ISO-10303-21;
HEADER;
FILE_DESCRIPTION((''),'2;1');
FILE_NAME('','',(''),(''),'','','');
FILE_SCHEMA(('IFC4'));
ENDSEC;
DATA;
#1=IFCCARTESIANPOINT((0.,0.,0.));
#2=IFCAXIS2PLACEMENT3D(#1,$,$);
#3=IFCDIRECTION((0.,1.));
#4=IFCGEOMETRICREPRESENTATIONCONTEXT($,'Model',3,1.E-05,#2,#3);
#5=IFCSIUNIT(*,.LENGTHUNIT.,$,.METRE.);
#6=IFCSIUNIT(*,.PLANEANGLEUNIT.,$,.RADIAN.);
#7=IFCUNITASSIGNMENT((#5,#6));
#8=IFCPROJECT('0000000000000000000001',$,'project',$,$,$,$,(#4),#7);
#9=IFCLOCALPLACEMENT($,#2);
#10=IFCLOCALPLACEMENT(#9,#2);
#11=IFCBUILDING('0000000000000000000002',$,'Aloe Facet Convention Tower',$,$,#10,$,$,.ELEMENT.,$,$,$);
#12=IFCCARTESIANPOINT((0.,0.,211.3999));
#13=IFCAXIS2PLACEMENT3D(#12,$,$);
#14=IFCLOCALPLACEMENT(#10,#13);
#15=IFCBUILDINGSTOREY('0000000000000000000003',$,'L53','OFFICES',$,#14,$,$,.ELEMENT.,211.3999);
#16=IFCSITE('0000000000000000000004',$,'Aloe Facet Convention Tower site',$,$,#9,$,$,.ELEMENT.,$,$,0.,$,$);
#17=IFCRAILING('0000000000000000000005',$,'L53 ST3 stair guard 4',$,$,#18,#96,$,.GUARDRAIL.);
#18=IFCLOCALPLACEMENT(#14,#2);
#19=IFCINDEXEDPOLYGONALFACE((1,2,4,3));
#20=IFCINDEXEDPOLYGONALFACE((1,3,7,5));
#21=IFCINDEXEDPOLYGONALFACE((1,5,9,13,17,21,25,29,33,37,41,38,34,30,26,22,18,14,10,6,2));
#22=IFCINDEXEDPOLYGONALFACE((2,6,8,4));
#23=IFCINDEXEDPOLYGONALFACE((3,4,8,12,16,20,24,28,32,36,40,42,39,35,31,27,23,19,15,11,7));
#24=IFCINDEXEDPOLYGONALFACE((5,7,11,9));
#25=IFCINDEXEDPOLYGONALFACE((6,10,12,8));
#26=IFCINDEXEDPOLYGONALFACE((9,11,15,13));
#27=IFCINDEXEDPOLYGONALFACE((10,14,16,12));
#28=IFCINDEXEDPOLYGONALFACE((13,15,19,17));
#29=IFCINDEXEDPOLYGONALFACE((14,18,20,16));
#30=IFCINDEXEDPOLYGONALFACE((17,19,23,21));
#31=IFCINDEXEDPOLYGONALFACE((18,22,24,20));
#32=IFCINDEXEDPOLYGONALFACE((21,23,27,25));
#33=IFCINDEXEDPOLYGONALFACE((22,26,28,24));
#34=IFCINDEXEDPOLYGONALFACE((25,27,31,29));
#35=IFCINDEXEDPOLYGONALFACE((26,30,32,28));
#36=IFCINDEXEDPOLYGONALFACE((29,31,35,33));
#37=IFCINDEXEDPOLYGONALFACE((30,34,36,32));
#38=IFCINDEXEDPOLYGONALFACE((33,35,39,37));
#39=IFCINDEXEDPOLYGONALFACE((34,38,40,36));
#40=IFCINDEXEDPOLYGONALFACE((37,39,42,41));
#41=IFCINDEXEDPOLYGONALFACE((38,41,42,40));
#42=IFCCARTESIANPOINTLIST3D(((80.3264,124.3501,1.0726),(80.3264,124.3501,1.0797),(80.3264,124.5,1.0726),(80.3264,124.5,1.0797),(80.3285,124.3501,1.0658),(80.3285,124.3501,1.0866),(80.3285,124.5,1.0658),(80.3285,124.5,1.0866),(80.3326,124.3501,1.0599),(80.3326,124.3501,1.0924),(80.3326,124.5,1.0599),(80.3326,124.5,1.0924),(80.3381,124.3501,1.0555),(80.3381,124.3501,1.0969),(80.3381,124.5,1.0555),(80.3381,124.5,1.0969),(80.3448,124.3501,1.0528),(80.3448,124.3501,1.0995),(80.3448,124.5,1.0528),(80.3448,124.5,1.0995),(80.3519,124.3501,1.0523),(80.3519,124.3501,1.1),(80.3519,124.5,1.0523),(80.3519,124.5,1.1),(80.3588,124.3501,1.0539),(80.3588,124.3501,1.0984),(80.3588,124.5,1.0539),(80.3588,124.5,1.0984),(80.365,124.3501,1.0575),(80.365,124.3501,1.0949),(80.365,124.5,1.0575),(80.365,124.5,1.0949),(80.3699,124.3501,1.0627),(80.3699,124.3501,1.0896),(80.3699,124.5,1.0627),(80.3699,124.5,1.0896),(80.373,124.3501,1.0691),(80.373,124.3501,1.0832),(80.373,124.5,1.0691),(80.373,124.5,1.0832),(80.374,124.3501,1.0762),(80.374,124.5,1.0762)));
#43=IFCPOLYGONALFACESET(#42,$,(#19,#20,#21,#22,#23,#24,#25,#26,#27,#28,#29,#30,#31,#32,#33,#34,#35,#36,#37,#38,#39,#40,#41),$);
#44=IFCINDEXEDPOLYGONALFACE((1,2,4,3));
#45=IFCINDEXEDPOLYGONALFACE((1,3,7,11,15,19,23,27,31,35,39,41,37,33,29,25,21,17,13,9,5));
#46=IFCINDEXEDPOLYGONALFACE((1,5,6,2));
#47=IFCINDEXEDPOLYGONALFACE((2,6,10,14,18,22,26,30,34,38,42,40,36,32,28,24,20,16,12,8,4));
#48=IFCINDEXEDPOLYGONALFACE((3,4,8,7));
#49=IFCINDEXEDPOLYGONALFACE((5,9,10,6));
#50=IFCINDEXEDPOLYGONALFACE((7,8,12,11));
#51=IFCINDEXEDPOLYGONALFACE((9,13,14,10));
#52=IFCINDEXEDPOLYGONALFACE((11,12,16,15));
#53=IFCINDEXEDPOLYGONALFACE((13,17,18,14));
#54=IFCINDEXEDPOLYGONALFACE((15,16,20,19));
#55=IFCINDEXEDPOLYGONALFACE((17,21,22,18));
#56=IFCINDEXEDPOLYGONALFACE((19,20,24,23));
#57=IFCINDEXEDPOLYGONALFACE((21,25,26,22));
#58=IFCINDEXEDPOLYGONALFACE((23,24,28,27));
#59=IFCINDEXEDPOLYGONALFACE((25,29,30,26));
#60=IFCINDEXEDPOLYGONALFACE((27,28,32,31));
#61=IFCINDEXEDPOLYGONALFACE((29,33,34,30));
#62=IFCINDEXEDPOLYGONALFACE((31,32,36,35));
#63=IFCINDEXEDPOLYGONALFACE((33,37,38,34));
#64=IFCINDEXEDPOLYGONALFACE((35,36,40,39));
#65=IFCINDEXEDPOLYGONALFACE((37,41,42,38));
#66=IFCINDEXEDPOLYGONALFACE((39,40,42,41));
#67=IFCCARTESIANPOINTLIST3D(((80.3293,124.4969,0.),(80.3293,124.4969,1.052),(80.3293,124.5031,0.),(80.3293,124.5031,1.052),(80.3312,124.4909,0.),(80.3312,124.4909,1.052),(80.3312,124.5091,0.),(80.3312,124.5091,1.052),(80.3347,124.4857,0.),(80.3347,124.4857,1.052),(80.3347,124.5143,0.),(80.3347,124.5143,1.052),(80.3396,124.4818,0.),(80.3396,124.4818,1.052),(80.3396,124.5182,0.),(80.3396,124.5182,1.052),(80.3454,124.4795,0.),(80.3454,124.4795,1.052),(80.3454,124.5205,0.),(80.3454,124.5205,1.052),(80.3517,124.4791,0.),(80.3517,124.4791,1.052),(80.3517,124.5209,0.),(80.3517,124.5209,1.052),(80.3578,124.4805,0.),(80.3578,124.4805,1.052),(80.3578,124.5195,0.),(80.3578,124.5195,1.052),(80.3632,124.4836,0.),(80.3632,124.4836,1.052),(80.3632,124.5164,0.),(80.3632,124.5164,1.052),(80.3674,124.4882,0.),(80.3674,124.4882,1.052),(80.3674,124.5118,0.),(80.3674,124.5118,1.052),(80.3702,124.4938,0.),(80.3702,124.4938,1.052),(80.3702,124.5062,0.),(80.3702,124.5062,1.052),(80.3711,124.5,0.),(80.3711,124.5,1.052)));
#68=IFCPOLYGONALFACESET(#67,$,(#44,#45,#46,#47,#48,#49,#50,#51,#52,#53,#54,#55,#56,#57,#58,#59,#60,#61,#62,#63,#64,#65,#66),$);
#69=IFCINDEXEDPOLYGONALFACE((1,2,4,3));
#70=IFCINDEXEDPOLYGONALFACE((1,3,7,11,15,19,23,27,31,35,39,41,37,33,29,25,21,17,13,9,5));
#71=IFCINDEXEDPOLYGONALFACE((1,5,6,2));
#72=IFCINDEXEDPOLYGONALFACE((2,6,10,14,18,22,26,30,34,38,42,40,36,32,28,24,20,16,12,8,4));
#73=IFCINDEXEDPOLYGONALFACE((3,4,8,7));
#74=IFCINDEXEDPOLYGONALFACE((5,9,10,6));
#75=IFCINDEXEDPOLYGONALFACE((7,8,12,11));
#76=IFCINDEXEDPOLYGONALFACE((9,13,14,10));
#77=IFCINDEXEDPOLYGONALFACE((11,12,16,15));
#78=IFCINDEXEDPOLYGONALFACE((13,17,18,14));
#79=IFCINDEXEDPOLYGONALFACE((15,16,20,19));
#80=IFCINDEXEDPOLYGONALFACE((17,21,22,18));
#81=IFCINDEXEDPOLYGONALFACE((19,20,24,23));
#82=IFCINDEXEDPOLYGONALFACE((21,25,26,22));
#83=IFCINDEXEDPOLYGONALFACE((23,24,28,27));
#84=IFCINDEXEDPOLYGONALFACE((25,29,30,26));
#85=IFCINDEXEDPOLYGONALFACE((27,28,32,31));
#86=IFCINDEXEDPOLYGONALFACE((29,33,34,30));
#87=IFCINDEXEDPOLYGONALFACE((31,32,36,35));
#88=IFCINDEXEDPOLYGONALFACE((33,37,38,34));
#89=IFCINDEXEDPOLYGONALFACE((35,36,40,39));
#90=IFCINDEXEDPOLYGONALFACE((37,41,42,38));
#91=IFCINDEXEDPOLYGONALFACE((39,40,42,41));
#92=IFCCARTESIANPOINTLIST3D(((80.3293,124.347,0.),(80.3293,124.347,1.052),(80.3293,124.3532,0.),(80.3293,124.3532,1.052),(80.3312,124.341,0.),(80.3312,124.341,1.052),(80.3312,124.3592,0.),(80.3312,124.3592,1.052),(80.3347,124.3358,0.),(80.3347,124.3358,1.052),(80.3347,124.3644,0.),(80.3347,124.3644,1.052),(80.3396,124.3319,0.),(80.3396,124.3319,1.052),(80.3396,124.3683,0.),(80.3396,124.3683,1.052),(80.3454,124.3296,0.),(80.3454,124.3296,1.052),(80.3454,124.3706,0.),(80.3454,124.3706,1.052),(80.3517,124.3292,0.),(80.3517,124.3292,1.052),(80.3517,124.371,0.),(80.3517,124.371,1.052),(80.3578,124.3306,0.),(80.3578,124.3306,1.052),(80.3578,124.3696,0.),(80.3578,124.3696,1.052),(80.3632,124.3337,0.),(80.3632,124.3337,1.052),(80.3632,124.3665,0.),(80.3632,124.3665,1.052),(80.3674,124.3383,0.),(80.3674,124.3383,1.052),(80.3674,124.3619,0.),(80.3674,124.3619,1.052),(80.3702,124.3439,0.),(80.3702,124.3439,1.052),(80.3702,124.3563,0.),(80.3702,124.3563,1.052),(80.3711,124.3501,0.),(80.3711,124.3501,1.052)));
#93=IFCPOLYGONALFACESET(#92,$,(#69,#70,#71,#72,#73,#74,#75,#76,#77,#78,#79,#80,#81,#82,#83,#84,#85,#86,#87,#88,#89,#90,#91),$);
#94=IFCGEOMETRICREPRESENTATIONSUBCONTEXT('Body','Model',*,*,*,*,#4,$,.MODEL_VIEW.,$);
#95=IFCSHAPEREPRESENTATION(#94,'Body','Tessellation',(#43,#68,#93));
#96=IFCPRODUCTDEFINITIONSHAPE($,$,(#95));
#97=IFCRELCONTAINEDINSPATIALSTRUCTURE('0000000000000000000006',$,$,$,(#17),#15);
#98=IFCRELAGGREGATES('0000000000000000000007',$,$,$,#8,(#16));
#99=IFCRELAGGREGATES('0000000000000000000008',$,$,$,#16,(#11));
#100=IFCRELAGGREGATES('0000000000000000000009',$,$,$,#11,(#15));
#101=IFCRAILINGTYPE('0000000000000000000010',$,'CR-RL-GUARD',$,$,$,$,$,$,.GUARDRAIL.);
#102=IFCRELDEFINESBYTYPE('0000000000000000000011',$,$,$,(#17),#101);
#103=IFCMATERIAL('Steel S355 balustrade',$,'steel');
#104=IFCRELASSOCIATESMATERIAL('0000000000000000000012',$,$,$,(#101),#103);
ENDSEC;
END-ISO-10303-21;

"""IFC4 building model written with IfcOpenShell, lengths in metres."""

from ifc_helpers import new_model, si_unit, direction, frame, origin, origin_2d, place, context, subcontext, project, spatial, circle, extrude, material, type_object, element, save


model = new_model("IFC4")

# Units and contexts
model_context = context("Model", 3, precision=1e-05, world=origin(), true_north=direction((0.0, 1.0)))
body_context = subcontext(model_context, "Body", "Model", "MODEL_VIEW")
ifc_project = project(units=[si_unit("LENGTHUNIT", "METRE"), si_unit("PLANEANGLEUNIT", "RADIAN")], contexts=[model_context])

# Site, building, storey
site_placement = place(None, origin())
site = spatial("IfcSite", under=ifc_project, at=site_placement, Name="Aloe Facet Convention Tower site", CompositionType="ELEMENT", RefElevation=0.0)
building_placement = place(site_placement, origin())
building = spatial("IfcBuilding", under=site, at=building_placement, Name="Aloe Facet Convention Tower", CompositionType="ELEMENT")
storey_placement = place(building_placement, frame((0.0, 0.0, 211.3999)))
storey = spatial("IfcBuildingStorey", under=building, at=storey_placement, Name="L53", Description="OFFICES", CompositionType="ELEMENT", Elevation=211.3999)

# Railing
ifc_material_1 = material(Name="Steel S355 balustrade", Category="steel")
railing_type_1 = type_object("IfcRailingType", Name="CR-RL-GUARD", PredefinedType="GUARDRAIL", material=ifc_material_1)
railing_1_placement = place(storey_placement, frame((80.3501, 124.5, 0.0)))
element("IfcRailing", 1, at=railing_1_placement, inside=storey, type_object=railing_type_1, Name="L53 ST3 stair guard 4", PredefinedType="GUARDRAIL", context=body_context, shape_type="SweptSolid", body=[
    extrude(circle(Radius=0.0239, at=origin_2d()), frame((0.0, 0.0, 1.0762), z_axis=(0.0, -1.0, 0.0), x_axis=(1.0, 0.0, 0.0)), (0.0, 0.0, 1.0), 0.1499),
    extrude(circle(Radius=0.021, at=origin_2d()), origin(), (0.0, 0.0, 1.0), 1.052),
    extrude(circle(Radius=0.021, at=origin_2d()), frame((0.0, -0.1499, 0.0)), (0.0, 0.0, 1.0), 1.052),
])

save(model, "model.ifc")
